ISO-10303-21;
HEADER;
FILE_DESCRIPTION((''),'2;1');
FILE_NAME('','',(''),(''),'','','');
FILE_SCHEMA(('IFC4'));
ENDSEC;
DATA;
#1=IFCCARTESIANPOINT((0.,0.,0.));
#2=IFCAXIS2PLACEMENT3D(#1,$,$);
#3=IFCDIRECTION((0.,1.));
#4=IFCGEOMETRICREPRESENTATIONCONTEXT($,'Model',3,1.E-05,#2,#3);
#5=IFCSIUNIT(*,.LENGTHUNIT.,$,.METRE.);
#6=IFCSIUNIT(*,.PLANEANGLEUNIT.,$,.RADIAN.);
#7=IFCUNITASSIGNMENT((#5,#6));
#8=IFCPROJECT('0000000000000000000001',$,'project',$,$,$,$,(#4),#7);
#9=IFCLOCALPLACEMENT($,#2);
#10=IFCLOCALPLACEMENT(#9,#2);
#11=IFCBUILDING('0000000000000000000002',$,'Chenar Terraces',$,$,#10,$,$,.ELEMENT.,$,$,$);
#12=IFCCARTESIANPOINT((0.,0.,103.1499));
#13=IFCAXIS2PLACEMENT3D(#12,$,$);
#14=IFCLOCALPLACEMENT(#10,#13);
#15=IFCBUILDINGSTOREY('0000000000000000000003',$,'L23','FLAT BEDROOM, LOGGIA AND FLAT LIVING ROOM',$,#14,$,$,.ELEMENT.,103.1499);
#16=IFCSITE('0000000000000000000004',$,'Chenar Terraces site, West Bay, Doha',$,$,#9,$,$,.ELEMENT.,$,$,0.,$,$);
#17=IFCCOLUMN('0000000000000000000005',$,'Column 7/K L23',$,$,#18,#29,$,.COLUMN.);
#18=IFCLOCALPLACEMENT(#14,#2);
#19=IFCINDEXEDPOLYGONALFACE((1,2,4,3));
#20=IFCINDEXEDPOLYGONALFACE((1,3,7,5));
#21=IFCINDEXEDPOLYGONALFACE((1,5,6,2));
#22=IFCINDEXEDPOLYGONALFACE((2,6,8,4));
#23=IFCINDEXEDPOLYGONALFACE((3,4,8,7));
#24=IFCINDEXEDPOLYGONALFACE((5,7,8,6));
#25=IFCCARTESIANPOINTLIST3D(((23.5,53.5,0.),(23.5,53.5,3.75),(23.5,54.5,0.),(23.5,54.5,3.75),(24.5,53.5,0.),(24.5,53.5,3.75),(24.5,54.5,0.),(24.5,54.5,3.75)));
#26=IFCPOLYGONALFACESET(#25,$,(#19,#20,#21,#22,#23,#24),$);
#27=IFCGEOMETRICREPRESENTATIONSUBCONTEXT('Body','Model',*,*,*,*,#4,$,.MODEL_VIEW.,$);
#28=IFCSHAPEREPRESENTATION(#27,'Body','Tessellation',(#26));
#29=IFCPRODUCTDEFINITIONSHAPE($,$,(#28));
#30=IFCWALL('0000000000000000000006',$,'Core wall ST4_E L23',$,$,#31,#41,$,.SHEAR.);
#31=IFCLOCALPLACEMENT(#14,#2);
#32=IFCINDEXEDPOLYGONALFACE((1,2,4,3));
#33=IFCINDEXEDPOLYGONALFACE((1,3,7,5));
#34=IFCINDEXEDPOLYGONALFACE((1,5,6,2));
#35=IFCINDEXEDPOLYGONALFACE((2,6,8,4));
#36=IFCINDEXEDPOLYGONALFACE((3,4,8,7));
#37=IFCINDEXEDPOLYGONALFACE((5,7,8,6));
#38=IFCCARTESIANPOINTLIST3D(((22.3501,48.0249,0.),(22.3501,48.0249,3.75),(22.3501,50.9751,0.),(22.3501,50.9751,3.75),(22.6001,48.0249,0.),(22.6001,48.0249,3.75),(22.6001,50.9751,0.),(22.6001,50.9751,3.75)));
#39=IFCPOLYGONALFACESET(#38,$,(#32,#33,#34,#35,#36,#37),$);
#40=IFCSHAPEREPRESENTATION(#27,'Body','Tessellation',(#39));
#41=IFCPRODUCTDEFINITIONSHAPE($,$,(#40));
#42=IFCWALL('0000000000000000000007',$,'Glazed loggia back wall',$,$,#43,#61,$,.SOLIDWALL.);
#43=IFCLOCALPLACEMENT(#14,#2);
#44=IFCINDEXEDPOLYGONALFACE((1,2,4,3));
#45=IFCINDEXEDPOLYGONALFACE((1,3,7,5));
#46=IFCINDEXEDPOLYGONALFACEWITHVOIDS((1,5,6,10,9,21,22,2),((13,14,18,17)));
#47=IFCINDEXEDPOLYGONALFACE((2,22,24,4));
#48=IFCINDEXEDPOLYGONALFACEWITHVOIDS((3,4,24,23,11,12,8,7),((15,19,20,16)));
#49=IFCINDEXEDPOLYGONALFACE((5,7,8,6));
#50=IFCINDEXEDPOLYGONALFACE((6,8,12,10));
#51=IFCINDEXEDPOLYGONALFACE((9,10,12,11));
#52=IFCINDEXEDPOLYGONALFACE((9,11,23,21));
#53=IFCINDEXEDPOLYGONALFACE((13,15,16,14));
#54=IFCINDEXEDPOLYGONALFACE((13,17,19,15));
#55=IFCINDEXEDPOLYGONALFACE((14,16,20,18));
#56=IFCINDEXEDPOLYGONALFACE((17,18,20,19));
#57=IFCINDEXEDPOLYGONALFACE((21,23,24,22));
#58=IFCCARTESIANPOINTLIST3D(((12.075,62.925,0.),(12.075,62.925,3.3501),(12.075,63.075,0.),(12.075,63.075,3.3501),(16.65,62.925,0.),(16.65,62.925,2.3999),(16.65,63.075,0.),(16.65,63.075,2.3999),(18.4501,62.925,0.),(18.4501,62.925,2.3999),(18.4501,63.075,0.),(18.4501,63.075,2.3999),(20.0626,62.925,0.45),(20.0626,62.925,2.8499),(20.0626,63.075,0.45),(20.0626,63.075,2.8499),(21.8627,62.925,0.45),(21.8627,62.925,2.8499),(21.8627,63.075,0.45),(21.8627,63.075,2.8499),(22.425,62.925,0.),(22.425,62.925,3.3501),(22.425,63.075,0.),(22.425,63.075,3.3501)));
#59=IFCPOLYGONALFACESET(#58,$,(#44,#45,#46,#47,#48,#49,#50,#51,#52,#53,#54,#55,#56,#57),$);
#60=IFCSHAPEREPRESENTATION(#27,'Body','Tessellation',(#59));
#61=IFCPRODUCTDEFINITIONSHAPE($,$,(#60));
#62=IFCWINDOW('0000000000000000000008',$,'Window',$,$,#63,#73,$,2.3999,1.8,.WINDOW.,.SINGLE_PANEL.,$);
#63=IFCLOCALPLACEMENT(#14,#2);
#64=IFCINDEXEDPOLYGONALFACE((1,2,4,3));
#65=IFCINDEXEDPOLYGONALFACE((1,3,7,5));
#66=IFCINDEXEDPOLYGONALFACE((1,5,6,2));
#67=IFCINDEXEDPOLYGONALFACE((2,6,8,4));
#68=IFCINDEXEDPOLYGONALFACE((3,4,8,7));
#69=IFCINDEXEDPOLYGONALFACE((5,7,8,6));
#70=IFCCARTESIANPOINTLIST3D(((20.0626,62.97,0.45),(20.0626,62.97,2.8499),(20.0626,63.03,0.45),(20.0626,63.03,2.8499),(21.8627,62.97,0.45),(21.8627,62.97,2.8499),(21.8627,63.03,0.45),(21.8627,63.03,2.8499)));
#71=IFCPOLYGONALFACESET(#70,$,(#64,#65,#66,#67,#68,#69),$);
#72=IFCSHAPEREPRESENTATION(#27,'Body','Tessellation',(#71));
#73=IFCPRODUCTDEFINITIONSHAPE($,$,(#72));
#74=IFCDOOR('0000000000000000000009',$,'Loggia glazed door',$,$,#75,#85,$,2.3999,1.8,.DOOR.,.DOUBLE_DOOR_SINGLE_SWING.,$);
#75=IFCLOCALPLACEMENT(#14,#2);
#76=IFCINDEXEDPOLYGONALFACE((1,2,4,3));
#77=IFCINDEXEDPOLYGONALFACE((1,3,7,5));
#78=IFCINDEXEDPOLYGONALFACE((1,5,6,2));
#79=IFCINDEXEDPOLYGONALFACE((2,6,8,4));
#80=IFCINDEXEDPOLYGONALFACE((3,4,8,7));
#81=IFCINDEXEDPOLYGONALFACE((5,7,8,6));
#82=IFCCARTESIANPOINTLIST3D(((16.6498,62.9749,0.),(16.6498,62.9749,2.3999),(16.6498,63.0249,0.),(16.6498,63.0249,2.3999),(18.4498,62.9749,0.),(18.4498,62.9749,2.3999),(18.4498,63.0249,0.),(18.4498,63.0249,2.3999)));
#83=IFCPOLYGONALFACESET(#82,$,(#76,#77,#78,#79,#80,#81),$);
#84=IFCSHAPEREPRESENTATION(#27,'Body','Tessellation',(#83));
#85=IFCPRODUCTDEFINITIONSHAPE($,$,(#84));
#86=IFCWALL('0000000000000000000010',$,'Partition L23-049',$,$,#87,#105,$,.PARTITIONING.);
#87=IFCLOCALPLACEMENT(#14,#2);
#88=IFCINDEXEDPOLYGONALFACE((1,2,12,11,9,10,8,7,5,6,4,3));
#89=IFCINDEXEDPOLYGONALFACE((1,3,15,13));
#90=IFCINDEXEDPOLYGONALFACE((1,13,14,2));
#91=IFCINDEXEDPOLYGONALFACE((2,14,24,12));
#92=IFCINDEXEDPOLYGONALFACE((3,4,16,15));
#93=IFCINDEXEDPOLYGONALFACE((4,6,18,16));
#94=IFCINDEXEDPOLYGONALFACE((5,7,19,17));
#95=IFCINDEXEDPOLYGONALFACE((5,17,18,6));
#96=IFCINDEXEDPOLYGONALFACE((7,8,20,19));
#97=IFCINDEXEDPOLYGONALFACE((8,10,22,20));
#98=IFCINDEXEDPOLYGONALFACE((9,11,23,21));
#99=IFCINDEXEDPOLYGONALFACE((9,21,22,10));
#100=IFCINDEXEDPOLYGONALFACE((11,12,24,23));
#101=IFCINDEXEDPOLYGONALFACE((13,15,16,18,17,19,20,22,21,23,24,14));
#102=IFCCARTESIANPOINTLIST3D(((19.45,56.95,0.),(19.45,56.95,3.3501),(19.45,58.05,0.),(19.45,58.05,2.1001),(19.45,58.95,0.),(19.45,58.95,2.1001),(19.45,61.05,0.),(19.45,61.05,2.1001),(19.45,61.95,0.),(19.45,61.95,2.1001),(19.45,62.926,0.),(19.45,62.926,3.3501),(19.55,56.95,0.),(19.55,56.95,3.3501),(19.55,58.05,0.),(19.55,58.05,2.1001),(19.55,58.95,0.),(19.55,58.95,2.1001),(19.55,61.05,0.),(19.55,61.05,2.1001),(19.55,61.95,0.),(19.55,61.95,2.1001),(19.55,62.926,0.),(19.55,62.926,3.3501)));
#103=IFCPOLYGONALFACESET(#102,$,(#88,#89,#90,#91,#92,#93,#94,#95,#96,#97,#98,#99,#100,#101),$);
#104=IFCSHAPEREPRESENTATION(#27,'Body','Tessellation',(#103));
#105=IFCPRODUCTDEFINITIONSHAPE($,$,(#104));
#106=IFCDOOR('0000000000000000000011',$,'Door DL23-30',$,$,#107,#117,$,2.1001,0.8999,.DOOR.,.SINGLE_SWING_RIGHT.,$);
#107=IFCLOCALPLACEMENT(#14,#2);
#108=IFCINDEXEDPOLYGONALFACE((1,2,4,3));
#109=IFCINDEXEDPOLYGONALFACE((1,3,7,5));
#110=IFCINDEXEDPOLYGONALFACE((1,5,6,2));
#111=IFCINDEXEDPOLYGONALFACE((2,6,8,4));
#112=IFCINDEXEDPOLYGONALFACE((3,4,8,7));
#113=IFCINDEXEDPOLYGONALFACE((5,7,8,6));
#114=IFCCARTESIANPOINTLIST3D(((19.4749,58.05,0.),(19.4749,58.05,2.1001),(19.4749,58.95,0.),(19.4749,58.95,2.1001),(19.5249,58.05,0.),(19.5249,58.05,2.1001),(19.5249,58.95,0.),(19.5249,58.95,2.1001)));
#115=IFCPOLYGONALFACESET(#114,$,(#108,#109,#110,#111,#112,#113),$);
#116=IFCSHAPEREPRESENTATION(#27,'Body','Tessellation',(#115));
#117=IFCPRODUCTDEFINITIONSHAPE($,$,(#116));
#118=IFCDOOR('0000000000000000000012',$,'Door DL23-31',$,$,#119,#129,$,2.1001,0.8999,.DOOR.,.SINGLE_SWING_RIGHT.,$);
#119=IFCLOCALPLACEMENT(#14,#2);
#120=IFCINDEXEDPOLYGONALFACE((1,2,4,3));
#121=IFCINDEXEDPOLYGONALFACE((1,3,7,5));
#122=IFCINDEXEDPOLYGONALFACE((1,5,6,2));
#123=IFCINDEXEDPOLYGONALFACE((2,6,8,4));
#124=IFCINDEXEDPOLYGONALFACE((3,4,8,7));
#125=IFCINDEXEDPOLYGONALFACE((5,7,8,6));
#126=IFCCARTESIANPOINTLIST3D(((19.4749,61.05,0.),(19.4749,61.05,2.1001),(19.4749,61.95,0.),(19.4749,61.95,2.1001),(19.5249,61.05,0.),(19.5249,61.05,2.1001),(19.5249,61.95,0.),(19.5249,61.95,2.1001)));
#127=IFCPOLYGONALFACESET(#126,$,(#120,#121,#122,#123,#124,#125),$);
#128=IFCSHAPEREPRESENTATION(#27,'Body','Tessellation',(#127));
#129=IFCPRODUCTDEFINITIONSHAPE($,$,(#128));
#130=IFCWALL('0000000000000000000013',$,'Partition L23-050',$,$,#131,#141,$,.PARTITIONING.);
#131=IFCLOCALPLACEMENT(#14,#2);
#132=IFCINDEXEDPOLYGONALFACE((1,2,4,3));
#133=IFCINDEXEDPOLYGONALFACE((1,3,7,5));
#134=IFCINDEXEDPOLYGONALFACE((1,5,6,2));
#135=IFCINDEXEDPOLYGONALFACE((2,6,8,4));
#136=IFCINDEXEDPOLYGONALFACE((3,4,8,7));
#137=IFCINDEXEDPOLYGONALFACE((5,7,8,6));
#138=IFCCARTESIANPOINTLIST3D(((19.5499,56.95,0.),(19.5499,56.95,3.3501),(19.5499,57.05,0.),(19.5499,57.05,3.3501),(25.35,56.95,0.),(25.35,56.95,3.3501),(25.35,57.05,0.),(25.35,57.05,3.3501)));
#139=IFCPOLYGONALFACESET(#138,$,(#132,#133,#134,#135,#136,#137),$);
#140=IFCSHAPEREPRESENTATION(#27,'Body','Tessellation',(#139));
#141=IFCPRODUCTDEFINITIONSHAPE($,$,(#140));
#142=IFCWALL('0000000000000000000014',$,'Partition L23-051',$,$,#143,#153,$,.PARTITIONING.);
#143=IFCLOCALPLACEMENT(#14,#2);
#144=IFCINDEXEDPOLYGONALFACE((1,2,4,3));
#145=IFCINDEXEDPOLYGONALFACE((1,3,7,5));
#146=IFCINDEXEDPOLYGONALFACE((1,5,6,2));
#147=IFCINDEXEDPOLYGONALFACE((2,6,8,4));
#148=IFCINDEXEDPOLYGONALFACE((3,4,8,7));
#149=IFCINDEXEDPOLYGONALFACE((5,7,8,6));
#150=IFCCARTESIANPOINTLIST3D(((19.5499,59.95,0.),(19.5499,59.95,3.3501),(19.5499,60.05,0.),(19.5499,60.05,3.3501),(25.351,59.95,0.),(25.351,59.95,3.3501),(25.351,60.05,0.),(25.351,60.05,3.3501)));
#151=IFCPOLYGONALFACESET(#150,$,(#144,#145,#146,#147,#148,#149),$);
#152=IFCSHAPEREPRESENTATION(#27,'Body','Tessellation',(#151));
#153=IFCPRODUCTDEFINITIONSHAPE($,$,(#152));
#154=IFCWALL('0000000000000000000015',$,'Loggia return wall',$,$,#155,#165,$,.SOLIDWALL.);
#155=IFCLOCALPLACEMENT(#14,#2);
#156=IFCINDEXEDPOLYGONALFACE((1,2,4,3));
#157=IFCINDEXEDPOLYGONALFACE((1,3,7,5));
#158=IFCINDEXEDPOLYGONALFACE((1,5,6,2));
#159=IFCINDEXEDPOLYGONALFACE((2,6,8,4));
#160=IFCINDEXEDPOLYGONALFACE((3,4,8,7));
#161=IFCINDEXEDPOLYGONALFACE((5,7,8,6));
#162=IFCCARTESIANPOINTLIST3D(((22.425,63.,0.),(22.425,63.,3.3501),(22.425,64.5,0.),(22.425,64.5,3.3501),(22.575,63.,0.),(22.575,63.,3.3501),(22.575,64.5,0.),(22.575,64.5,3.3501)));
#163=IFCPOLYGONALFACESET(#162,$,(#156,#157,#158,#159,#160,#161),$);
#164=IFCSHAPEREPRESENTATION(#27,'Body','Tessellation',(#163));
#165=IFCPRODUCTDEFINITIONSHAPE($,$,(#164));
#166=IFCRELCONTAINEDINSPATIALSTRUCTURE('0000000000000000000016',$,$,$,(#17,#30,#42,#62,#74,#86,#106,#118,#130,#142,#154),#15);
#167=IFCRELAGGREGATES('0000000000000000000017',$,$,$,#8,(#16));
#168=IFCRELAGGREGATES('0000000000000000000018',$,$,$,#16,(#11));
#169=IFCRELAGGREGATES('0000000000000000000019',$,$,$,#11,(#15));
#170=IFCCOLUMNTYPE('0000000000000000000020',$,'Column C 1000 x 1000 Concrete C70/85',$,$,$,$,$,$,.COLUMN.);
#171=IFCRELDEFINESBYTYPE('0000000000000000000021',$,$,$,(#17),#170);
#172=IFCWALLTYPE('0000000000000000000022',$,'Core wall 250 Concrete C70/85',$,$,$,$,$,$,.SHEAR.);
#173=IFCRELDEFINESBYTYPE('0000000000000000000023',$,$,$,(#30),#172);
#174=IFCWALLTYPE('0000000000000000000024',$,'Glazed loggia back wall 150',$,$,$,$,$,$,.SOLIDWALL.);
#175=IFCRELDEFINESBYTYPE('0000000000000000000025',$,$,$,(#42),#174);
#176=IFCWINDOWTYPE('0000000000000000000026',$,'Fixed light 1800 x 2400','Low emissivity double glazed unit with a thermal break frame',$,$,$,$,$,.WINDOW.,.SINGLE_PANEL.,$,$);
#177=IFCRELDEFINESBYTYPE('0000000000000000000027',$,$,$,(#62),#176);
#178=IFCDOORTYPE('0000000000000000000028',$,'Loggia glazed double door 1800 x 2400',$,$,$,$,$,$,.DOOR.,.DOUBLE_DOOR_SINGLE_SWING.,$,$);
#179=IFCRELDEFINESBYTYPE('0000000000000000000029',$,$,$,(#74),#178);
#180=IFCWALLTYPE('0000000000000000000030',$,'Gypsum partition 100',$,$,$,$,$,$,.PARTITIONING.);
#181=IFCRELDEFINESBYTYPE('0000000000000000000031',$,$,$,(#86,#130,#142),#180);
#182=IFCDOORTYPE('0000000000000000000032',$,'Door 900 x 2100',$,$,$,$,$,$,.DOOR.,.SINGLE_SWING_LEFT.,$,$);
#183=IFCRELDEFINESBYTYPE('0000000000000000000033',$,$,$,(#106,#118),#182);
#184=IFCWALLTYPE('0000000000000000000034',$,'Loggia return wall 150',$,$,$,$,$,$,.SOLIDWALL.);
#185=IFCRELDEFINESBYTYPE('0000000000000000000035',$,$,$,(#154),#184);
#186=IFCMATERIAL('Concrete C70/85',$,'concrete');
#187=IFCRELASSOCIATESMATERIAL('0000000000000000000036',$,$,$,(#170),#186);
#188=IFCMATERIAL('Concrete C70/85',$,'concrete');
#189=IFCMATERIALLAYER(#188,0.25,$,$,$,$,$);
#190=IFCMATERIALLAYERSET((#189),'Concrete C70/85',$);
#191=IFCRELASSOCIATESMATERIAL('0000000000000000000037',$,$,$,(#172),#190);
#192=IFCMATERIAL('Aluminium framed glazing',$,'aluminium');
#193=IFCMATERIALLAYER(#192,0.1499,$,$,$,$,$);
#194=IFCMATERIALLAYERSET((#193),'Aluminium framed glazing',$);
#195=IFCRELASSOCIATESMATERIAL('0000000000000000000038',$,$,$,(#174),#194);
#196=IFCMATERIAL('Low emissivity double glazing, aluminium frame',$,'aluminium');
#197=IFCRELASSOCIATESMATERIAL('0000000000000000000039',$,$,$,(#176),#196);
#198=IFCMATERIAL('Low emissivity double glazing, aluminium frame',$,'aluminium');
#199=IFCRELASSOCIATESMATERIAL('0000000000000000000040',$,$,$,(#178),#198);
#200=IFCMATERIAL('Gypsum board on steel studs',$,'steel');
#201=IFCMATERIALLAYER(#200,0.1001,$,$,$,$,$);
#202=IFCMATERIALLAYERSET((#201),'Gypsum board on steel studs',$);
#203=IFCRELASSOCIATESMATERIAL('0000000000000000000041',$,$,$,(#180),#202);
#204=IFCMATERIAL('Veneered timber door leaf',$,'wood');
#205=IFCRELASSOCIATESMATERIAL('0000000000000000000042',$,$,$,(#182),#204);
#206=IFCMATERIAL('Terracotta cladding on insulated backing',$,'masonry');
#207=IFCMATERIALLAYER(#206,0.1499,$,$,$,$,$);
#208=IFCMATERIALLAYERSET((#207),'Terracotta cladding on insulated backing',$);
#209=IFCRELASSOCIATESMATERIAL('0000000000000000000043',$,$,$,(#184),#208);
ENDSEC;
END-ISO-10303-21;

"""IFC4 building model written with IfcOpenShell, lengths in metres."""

from ifc_helpers import new_model, si_unit, direction, frame, frame_2d, origin, origin_2d, place, context, subcontext, project, spatial, rectangle, extrude, material, layer, layer_set, material_profile, profile_set, type_object, element, fill, save


model = new_model("IFC4")

# Units and contexts
model_context = context("Model", 3, precision=1e-05, world=origin(), true_north=direction((0.0, 1.0)))
body_context = subcontext(model_context, "Body", "Model", "MODEL_VIEW")
ifc_project = project(units=[si_unit("LENGTHUNIT", "METRE"), si_unit("PLANEANGLEUNIT", "RADIAN")], contexts=[model_context])

# Site, building, storey
site_placement = place(None, origin())
site = spatial("IfcSite", under=ifc_project, at=site_placement, Name="Chenar Terraces site, West Bay, Doha", CompositionType="ELEMENT", RefElevation=0.0)
building_placement = place(site_placement, origin())
building = spatial("IfcBuilding", under=site, at=building_placement, Name="Chenar Terraces", CompositionType="ELEMENT")
storey_placement = place(building_placement, frame((0.0, 0.0, 103.1499)))
storey = spatial("IfcBuildingStorey", under=building, at=storey_placement, Name="L23", Description="FLAT BEDROOM, LOGGIA AND FLAT LIVING ROOM", CompositionType="ELEMENT", Elevation=103.1499)

# Column
ifc_material_1 = material(Name="Concrete C70/85", Category="concrete")
ifc_material_profile = material_profile(ifc_material_1, rectangle(XDim=1.0, YDim=1.0, at=origin_2d()), Name="C 1000 x 1000")
ifc_profile_set = profile_set([ifc_material_profile], Name="Concrete C70/85")
column_type = type_object("IfcColumnType", Name="Column C 1000 x 1000 Concrete C70/85", PredefinedType="COLUMN", material=ifc_profile_set)
column_placement = place(storey_placement, frame((24.0, 54.0, 0.0), z_axis=(0.0, 0.0, 1.0), x_axis=(1.0, 0.0, 0.0)))
element("IfcColumn", 1, at=column_placement, inside=storey, type_object=column_type, Name="Column 7/K L23", PredefinedType="COLUMN", context=body_context, shape_type="SweptSolid", body=[
    extrude(rectangle(XDim=1.0, YDim=1.0, at=origin_2d()), origin(), (0.0, 0.0, 1.0), 3.75),
])

# Wall
ifc_material_2 = material(Name="Concrete C70/85", Category="concrete")
ifc_layer_1 = layer(ifc_material_2, 0.25)
ifc_layer_set_1 = layer_set([ifc_layer_1], Name="Concrete C70/85")
wall_type_1 = type_object("IfcWallType", Name="Core wall 250 Concrete C70/85", PredefinedType="SHEAR", material=ifc_layer_set_1)
wall_1_placement = place(storey_placement, frame((22.4751, 48.0249, 0.0), z_axis=(0.0, 0.0, 1.0), x_axis=(0.0, 1.0, 0.0)))
element("IfcWall", 2, at=wall_1_placement, inside=storey, type_object=wall_type_1, Name="Core wall ST4_E L23", PredefinedType="SHEAR", context=body_context, shape_type="SweptSolid", body=[
    extrude(rectangle(XDim=2.9502, YDim=0.25, at=frame_2d((1.4751, 0.0))), origin(), (0.0, 0.0, 1.0), 3.75),
])

# Wall, openings, window, door
ifc_material_3 = material(Name="Aluminium framed glazing", Category="aluminium")
ifc_layer_2 = layer(ifc_material_3, 0.1499)
ifc_layer_set_2 = layer_set([ifc_layer_2], Name="Aluminium framed glazing")
wall_type_2 = type_object("IfcWallType", Name="Glazed loggia back wall 150", PredefinedType="SOLIDWALL", material=ifc_layer_set_2)
wall_2_placement = place(storey_placement, frame((22.425, 63.0, 0.0), z_axis=(0.0, 0.0, 1.0), x_axis=(-1.0, 0.0, 0.0)))
wall_2 = element("IfcWall", 3, at=wall_2_placement, inside=storey, type_object=wall_type_2, Name="Glazed loggia back wall", PredefinedType="SOLIDWALL", context=body_context, shape_type="SweptSolid", body=[
    extrude(rectangle(XDim=10.3501, YDim=0.1499, at=frame_2d((5.175, 0.0))), origin(), (0.0, 0.0, 1.0), 3.3501),
])
opening_1_placement = place(wall_2_placement, frame((0.5625, 0.0, 0.45)))
opening_1 = element("IfcOpeningElement", 4, at=opening_1_placement, cuts=wall_2, PredefinedType="OPENING", context=body_context, shape_type="SweptSolid", body=[
    extrude(rectangle(XDim=1.8, YDim=2.3999, at=frame_2d((0.8999, 1.2))), frame((0.0, 0.085, 0.0), z_axis=(0.0, -1.0, 0.0), x_axis=(1.0, 0.0, 0.0)), (0.0, 0.0, 1.0), 0.1699),
])
opening_2_placement = place(wall_2_placement, frame((3.9751, 0.0, 0.0)))
opening_2 = element("IfcOpeningElement", 5, at=opening_2_placement, cuts=wall_2, PredefinedType="OPENING", context=body_context, shape_type="SweptSolid", body=[
    extrude(rectangle(XDim=1.8, YDim=2.3999, at=frame_2d((0.8999, 1.2))), frame((0.0, 0.085, 0.0), z_axis=(0.0, -1.0, 0.0), x_axis=(1.0, 0.0, 0.0)), (0.0, 0.0, 1.0), 0.1699),
])
ifc_material_4 = material(Name="Low emissivity double glazing, aluminium frame", Category="aluminium")
window_type = type_object("IfcWindowType", Name="Fixed light 1800 x 2400", Description="Low emissivity double glazed unit with a thermal break frame", PartitioningType="SINGLE_PANEL", PredefinedType="WINDOW", material=ifc_material_4)
window_placement = place(opening_1_placement, origin())
window = element("IfcWindow", 6, at=window_placement, inside=storey, type_object=window_type, Name="Window", OverallHeight=2.3999, OverallWidth=1.8, PartitioningType="SINGLE_PANEL", PredefinedType="WINDOW", context=body_context, shape_type="SweptSolid", body=[
    extrude(rectangle(XDim=1.8, YDim=2.3999, at=frame_2d((0.8999, 1.2))), frame((0.0, 0.03, 0.0), z_axis=(0.0, -1.0, 0.0), x_axis=(1.0, 0.0, 0.0)), (0.0, 0.0, 1.0), 0.0601),
])
fill(opening_1, window)
ifc_material_5 = material(Name="Low emissivity double glazing, aluminium frame", Category="aluminium")
door_type_1 = type_object("IfcDoorType", Name="Loggia glazed double door 1800 x 2400", OperationType="DOUBLE_DOOR_SINGLE_SWING", PredefinedType="DOOR", material=ifc_material_5)
door_1_placement = place(opening_2_placement, frame((1.8, 0.0, 0.0), z_axis=(0.0, 0.0, 1.0), x_axis=(-1.0, 0.0, 0.0)))
door_1 = element("IfcDoor", 7, at=door_1_placement, inside=storey, type_object=door_type_1, Name="Loggia glazed door", OperationType="DOUBLE_DOOR_SINGLE_SWING", OverallHeight=2.3999, OverallWidth=1.8, PredefinedType="DOOR", context=body_context, shape_type="SweptSolid", body=[
    extrude(rectangle(XDim=1.8, YDim=2.3999, at=frame_2d((0.8999, 1.2))), frame((0.0, 0.0249, 0.0), z_axis=(0.0, -1.0, 0.0), x_axis=(1.0, 0.0, 0.0)), (0.0, 0.0, 1.0), 0.05),
])
fill(opening_2, door_1)

# Wall, openings, doors
ifc_material_6 = material(Name="Gypsum board on steel studs", Category="steel")
ifc_layer_3 = layer(ifc_material_6, 0.1001)
ifc_layer_set_3 = layer_set([ifc_layer_3], Name="Gypsum board on steel studs")
wall_type_3 = type_object("IfcWallType", Name="Gypsum partition 100", PredefinedType="PARTITIONING", material=ifc_layer_set_3)
wall_3_placement = place(storey_placement, frame((19.5, 56.95, 0.0), z_axis=(0.0, 0.0, 1.0), x_axis=(0.0, 1.0, 0.0)))
wall_3 = element("IfcWall", 8, at=wall_3_placement, inside=storey, type_object=wall_type_3, Name="Partition L23-049", PredefinedType="PARTITIONING", context=body_context, shape_type="SweptSolid", body=[
    extrude(rectangle(XDim=5.9761, YDim=0.1001, at=frame_2d((2.988, 0.0))), origin(), (0.0, 0.0, 1.0), 3.3501),
])
opening_3_placement = place(wall_3_placement, frame((1.1001, 0.0, 0.0)))
opening_3 = element("IfcOpeningElement", 9, at=opening_3_placement, cuts=wall_3, PredefinedType="OPENING", context=body_context, shape_type="SweptSolid", body=[
    extrude(rectangle(XDim=0.8999, YDim=2.1001, at=frame_2d((0.45, 1.05))), frame((0.0, 0.0601, 0.0), z_axis=(0.0, -1.0, 0.0), x_axis=(1.0, 0.0, 0.0)), (0.0, 0.0, 1.0), 0.1201),
])
opening_4_placement = place(wall_3_placement, frame((4.1001, 0.0, 0.0)))
opening_4 = element("IfcOpeningElement", 10, at=opening_4_placement, cuts=wall_3, PredefinedType="OPENING", context=body_context, shape_type="SweptSolid", body=[
    extrude(rectangle(XDim=0.8999, YDim=2.1001, at=frame_2d((0.45, 1.05))), frame((0.0, 0.0601, 0.0), z_axis=(0.0, -1.0, 0.0), x_axis=(1.0, 0.0, 0.0)), (0.0, 0.0, 1.0), 0.1201),
])
ifc_material_7 = material(Name="Veneered timber door leaf", Category="wood")
door_type_2 = type_object("IfcDoorType", Name="Door 900 x 2100", OperationType="SINGLE_SWING_LEFT", PredefinedType="DOOR", material=ifc_material_7)
door_2_placement = place(opening_3_placement, frame((0.8999, 0.0, 0.0), z_axis=(0.0, 0.0, 1.0), x_axis=(-1.0, 0.0, 0.0)))
door_2 = element("IfcDoor", 11, at=door_2_placement, inside=storey, type_object=door_type_2, Name="Door DL23-30", OperationType="SINGLE_SWING_RIGHT", OverallHeight=2.1001, OverallWidth=0.8999, PredefinedType="DOOR", context=body_context, shape_type="SweptSolid", body=[
    extrude(rectangle(XDim=0.8999, YDim=2.1001, at=frame_2d((0.45, 1.05))), frame((0.0, 0.0249, 0.0), z_axis=(0.0, -1.0, 0.0), x_axis=(1.0, 0.0, 0.0)), (0.0, 0.0, 1.0), 0.05),
])
fill(opening_3, door_2)
door_3_placement = place(opening_4_placement, frame((0.8999, 0.0, 0.0), z_axis=(0.0, 0.0, 1.0), x_axis=(-1.0, 0.0, 0.0)))
door_3 = element("IfcDoor", 12, at=door_3_placement, inside=storey, type_object=door_type_2, Name="Door DL23-31", OperationType="SINGLE_SWING_RIGHT", OverallHeight=2.1001, OverallWidth=0.8999, PredefinedType="DOOR", context=body_context, shape_type="SweptSolid", body=[
    extrude(rectangle(XDim=0.8999, YDim=2.1001, at=frame_2d((0.45, 1.05))), frame((0.0, 0.0249, 0.0), z_axis=(0.0, -1.0, 0.0), x_axis=(1.0, 0.0, 0.0)), (0.0, 0.0, 1.0), 0.05),
])
fill(opening_4, door_3)

# Walls
wall_4_placement = place(storey_placement, frame((19.55, 57.0, 0.0), z_axis=(0.0, 0.0, 1.0), x_axis=(1.0, 0.0, 0.0)))
element("IfcWall", 13, at=wall_4_placement, inside=storey, type_object=wall_type_3, Name="Partition L23-050", PredefinedType="PARTITIONING", context=body_context, shape_type="SweptSolid", body=[
    extrude(rectangle(XDim=5.8, YDim=0.1001, at=frame_2d((2.8999, 0.0))), origin(), (0.0, 0.0, 1.0), 3.3501),
])
wall_5_placement = place(storey_placement, frame((19.55, 60.0, 0.0), z_axis=(0.0, 0.0, 1.0), x_axis=(1.0, 0.0, 0.0)))
element("IfcWall", 14, at=wall_5_placement, inside=storey, type_object=wall_type_3, Name="Partition L23-051", PredefinedType="PARTITIONING", context=body_context, shape_type="SweptSolid", body=[
    extrude(rectangle(XDim=5.801, YDim=0.1001, at=frame_2d((2.9004, 0.0))), origin(), (0.0, 0.0, 1.0), 3.3501),
])
ifc_material_8 = material(Name="Terracotta cladding on insulated backing", Category="masonry")
ifc_layer_4 = layer(ifc_material_8, 0.1499)
ifc_layer_set_4 = layer_set([ifc_layer_4], Name="Terracotta cladding on insulated backing")
wall_type_4 = type_object("IfcWallType", Name="Loggia return wall 150", PredefinedType="SOLIDWALL", material=ifc_layer_set_4)
wall_6_placement = place(storey_placement, frame((22.5, 64.5, 0.0), z_axis=(0.0, 0.0, 1.0), x_axis=(0.0, -1.0, 0.0)))
element("IfcWall", 15, at=wall_6_placement, inside=storey, type_object=wall_type_4, Name="Loggia return wall", PredefinedType="SOLIDWALL", context=body_context, shape_type="SweptSolid", body=[
    extrude(rectangle(XDim=1.5, YDim=0.1499, at=frame_2d((0.75, 0.0))), origin(), (0.0, 0.0, 1.0), 3.3501),
])

save(model, "model.ifc")
